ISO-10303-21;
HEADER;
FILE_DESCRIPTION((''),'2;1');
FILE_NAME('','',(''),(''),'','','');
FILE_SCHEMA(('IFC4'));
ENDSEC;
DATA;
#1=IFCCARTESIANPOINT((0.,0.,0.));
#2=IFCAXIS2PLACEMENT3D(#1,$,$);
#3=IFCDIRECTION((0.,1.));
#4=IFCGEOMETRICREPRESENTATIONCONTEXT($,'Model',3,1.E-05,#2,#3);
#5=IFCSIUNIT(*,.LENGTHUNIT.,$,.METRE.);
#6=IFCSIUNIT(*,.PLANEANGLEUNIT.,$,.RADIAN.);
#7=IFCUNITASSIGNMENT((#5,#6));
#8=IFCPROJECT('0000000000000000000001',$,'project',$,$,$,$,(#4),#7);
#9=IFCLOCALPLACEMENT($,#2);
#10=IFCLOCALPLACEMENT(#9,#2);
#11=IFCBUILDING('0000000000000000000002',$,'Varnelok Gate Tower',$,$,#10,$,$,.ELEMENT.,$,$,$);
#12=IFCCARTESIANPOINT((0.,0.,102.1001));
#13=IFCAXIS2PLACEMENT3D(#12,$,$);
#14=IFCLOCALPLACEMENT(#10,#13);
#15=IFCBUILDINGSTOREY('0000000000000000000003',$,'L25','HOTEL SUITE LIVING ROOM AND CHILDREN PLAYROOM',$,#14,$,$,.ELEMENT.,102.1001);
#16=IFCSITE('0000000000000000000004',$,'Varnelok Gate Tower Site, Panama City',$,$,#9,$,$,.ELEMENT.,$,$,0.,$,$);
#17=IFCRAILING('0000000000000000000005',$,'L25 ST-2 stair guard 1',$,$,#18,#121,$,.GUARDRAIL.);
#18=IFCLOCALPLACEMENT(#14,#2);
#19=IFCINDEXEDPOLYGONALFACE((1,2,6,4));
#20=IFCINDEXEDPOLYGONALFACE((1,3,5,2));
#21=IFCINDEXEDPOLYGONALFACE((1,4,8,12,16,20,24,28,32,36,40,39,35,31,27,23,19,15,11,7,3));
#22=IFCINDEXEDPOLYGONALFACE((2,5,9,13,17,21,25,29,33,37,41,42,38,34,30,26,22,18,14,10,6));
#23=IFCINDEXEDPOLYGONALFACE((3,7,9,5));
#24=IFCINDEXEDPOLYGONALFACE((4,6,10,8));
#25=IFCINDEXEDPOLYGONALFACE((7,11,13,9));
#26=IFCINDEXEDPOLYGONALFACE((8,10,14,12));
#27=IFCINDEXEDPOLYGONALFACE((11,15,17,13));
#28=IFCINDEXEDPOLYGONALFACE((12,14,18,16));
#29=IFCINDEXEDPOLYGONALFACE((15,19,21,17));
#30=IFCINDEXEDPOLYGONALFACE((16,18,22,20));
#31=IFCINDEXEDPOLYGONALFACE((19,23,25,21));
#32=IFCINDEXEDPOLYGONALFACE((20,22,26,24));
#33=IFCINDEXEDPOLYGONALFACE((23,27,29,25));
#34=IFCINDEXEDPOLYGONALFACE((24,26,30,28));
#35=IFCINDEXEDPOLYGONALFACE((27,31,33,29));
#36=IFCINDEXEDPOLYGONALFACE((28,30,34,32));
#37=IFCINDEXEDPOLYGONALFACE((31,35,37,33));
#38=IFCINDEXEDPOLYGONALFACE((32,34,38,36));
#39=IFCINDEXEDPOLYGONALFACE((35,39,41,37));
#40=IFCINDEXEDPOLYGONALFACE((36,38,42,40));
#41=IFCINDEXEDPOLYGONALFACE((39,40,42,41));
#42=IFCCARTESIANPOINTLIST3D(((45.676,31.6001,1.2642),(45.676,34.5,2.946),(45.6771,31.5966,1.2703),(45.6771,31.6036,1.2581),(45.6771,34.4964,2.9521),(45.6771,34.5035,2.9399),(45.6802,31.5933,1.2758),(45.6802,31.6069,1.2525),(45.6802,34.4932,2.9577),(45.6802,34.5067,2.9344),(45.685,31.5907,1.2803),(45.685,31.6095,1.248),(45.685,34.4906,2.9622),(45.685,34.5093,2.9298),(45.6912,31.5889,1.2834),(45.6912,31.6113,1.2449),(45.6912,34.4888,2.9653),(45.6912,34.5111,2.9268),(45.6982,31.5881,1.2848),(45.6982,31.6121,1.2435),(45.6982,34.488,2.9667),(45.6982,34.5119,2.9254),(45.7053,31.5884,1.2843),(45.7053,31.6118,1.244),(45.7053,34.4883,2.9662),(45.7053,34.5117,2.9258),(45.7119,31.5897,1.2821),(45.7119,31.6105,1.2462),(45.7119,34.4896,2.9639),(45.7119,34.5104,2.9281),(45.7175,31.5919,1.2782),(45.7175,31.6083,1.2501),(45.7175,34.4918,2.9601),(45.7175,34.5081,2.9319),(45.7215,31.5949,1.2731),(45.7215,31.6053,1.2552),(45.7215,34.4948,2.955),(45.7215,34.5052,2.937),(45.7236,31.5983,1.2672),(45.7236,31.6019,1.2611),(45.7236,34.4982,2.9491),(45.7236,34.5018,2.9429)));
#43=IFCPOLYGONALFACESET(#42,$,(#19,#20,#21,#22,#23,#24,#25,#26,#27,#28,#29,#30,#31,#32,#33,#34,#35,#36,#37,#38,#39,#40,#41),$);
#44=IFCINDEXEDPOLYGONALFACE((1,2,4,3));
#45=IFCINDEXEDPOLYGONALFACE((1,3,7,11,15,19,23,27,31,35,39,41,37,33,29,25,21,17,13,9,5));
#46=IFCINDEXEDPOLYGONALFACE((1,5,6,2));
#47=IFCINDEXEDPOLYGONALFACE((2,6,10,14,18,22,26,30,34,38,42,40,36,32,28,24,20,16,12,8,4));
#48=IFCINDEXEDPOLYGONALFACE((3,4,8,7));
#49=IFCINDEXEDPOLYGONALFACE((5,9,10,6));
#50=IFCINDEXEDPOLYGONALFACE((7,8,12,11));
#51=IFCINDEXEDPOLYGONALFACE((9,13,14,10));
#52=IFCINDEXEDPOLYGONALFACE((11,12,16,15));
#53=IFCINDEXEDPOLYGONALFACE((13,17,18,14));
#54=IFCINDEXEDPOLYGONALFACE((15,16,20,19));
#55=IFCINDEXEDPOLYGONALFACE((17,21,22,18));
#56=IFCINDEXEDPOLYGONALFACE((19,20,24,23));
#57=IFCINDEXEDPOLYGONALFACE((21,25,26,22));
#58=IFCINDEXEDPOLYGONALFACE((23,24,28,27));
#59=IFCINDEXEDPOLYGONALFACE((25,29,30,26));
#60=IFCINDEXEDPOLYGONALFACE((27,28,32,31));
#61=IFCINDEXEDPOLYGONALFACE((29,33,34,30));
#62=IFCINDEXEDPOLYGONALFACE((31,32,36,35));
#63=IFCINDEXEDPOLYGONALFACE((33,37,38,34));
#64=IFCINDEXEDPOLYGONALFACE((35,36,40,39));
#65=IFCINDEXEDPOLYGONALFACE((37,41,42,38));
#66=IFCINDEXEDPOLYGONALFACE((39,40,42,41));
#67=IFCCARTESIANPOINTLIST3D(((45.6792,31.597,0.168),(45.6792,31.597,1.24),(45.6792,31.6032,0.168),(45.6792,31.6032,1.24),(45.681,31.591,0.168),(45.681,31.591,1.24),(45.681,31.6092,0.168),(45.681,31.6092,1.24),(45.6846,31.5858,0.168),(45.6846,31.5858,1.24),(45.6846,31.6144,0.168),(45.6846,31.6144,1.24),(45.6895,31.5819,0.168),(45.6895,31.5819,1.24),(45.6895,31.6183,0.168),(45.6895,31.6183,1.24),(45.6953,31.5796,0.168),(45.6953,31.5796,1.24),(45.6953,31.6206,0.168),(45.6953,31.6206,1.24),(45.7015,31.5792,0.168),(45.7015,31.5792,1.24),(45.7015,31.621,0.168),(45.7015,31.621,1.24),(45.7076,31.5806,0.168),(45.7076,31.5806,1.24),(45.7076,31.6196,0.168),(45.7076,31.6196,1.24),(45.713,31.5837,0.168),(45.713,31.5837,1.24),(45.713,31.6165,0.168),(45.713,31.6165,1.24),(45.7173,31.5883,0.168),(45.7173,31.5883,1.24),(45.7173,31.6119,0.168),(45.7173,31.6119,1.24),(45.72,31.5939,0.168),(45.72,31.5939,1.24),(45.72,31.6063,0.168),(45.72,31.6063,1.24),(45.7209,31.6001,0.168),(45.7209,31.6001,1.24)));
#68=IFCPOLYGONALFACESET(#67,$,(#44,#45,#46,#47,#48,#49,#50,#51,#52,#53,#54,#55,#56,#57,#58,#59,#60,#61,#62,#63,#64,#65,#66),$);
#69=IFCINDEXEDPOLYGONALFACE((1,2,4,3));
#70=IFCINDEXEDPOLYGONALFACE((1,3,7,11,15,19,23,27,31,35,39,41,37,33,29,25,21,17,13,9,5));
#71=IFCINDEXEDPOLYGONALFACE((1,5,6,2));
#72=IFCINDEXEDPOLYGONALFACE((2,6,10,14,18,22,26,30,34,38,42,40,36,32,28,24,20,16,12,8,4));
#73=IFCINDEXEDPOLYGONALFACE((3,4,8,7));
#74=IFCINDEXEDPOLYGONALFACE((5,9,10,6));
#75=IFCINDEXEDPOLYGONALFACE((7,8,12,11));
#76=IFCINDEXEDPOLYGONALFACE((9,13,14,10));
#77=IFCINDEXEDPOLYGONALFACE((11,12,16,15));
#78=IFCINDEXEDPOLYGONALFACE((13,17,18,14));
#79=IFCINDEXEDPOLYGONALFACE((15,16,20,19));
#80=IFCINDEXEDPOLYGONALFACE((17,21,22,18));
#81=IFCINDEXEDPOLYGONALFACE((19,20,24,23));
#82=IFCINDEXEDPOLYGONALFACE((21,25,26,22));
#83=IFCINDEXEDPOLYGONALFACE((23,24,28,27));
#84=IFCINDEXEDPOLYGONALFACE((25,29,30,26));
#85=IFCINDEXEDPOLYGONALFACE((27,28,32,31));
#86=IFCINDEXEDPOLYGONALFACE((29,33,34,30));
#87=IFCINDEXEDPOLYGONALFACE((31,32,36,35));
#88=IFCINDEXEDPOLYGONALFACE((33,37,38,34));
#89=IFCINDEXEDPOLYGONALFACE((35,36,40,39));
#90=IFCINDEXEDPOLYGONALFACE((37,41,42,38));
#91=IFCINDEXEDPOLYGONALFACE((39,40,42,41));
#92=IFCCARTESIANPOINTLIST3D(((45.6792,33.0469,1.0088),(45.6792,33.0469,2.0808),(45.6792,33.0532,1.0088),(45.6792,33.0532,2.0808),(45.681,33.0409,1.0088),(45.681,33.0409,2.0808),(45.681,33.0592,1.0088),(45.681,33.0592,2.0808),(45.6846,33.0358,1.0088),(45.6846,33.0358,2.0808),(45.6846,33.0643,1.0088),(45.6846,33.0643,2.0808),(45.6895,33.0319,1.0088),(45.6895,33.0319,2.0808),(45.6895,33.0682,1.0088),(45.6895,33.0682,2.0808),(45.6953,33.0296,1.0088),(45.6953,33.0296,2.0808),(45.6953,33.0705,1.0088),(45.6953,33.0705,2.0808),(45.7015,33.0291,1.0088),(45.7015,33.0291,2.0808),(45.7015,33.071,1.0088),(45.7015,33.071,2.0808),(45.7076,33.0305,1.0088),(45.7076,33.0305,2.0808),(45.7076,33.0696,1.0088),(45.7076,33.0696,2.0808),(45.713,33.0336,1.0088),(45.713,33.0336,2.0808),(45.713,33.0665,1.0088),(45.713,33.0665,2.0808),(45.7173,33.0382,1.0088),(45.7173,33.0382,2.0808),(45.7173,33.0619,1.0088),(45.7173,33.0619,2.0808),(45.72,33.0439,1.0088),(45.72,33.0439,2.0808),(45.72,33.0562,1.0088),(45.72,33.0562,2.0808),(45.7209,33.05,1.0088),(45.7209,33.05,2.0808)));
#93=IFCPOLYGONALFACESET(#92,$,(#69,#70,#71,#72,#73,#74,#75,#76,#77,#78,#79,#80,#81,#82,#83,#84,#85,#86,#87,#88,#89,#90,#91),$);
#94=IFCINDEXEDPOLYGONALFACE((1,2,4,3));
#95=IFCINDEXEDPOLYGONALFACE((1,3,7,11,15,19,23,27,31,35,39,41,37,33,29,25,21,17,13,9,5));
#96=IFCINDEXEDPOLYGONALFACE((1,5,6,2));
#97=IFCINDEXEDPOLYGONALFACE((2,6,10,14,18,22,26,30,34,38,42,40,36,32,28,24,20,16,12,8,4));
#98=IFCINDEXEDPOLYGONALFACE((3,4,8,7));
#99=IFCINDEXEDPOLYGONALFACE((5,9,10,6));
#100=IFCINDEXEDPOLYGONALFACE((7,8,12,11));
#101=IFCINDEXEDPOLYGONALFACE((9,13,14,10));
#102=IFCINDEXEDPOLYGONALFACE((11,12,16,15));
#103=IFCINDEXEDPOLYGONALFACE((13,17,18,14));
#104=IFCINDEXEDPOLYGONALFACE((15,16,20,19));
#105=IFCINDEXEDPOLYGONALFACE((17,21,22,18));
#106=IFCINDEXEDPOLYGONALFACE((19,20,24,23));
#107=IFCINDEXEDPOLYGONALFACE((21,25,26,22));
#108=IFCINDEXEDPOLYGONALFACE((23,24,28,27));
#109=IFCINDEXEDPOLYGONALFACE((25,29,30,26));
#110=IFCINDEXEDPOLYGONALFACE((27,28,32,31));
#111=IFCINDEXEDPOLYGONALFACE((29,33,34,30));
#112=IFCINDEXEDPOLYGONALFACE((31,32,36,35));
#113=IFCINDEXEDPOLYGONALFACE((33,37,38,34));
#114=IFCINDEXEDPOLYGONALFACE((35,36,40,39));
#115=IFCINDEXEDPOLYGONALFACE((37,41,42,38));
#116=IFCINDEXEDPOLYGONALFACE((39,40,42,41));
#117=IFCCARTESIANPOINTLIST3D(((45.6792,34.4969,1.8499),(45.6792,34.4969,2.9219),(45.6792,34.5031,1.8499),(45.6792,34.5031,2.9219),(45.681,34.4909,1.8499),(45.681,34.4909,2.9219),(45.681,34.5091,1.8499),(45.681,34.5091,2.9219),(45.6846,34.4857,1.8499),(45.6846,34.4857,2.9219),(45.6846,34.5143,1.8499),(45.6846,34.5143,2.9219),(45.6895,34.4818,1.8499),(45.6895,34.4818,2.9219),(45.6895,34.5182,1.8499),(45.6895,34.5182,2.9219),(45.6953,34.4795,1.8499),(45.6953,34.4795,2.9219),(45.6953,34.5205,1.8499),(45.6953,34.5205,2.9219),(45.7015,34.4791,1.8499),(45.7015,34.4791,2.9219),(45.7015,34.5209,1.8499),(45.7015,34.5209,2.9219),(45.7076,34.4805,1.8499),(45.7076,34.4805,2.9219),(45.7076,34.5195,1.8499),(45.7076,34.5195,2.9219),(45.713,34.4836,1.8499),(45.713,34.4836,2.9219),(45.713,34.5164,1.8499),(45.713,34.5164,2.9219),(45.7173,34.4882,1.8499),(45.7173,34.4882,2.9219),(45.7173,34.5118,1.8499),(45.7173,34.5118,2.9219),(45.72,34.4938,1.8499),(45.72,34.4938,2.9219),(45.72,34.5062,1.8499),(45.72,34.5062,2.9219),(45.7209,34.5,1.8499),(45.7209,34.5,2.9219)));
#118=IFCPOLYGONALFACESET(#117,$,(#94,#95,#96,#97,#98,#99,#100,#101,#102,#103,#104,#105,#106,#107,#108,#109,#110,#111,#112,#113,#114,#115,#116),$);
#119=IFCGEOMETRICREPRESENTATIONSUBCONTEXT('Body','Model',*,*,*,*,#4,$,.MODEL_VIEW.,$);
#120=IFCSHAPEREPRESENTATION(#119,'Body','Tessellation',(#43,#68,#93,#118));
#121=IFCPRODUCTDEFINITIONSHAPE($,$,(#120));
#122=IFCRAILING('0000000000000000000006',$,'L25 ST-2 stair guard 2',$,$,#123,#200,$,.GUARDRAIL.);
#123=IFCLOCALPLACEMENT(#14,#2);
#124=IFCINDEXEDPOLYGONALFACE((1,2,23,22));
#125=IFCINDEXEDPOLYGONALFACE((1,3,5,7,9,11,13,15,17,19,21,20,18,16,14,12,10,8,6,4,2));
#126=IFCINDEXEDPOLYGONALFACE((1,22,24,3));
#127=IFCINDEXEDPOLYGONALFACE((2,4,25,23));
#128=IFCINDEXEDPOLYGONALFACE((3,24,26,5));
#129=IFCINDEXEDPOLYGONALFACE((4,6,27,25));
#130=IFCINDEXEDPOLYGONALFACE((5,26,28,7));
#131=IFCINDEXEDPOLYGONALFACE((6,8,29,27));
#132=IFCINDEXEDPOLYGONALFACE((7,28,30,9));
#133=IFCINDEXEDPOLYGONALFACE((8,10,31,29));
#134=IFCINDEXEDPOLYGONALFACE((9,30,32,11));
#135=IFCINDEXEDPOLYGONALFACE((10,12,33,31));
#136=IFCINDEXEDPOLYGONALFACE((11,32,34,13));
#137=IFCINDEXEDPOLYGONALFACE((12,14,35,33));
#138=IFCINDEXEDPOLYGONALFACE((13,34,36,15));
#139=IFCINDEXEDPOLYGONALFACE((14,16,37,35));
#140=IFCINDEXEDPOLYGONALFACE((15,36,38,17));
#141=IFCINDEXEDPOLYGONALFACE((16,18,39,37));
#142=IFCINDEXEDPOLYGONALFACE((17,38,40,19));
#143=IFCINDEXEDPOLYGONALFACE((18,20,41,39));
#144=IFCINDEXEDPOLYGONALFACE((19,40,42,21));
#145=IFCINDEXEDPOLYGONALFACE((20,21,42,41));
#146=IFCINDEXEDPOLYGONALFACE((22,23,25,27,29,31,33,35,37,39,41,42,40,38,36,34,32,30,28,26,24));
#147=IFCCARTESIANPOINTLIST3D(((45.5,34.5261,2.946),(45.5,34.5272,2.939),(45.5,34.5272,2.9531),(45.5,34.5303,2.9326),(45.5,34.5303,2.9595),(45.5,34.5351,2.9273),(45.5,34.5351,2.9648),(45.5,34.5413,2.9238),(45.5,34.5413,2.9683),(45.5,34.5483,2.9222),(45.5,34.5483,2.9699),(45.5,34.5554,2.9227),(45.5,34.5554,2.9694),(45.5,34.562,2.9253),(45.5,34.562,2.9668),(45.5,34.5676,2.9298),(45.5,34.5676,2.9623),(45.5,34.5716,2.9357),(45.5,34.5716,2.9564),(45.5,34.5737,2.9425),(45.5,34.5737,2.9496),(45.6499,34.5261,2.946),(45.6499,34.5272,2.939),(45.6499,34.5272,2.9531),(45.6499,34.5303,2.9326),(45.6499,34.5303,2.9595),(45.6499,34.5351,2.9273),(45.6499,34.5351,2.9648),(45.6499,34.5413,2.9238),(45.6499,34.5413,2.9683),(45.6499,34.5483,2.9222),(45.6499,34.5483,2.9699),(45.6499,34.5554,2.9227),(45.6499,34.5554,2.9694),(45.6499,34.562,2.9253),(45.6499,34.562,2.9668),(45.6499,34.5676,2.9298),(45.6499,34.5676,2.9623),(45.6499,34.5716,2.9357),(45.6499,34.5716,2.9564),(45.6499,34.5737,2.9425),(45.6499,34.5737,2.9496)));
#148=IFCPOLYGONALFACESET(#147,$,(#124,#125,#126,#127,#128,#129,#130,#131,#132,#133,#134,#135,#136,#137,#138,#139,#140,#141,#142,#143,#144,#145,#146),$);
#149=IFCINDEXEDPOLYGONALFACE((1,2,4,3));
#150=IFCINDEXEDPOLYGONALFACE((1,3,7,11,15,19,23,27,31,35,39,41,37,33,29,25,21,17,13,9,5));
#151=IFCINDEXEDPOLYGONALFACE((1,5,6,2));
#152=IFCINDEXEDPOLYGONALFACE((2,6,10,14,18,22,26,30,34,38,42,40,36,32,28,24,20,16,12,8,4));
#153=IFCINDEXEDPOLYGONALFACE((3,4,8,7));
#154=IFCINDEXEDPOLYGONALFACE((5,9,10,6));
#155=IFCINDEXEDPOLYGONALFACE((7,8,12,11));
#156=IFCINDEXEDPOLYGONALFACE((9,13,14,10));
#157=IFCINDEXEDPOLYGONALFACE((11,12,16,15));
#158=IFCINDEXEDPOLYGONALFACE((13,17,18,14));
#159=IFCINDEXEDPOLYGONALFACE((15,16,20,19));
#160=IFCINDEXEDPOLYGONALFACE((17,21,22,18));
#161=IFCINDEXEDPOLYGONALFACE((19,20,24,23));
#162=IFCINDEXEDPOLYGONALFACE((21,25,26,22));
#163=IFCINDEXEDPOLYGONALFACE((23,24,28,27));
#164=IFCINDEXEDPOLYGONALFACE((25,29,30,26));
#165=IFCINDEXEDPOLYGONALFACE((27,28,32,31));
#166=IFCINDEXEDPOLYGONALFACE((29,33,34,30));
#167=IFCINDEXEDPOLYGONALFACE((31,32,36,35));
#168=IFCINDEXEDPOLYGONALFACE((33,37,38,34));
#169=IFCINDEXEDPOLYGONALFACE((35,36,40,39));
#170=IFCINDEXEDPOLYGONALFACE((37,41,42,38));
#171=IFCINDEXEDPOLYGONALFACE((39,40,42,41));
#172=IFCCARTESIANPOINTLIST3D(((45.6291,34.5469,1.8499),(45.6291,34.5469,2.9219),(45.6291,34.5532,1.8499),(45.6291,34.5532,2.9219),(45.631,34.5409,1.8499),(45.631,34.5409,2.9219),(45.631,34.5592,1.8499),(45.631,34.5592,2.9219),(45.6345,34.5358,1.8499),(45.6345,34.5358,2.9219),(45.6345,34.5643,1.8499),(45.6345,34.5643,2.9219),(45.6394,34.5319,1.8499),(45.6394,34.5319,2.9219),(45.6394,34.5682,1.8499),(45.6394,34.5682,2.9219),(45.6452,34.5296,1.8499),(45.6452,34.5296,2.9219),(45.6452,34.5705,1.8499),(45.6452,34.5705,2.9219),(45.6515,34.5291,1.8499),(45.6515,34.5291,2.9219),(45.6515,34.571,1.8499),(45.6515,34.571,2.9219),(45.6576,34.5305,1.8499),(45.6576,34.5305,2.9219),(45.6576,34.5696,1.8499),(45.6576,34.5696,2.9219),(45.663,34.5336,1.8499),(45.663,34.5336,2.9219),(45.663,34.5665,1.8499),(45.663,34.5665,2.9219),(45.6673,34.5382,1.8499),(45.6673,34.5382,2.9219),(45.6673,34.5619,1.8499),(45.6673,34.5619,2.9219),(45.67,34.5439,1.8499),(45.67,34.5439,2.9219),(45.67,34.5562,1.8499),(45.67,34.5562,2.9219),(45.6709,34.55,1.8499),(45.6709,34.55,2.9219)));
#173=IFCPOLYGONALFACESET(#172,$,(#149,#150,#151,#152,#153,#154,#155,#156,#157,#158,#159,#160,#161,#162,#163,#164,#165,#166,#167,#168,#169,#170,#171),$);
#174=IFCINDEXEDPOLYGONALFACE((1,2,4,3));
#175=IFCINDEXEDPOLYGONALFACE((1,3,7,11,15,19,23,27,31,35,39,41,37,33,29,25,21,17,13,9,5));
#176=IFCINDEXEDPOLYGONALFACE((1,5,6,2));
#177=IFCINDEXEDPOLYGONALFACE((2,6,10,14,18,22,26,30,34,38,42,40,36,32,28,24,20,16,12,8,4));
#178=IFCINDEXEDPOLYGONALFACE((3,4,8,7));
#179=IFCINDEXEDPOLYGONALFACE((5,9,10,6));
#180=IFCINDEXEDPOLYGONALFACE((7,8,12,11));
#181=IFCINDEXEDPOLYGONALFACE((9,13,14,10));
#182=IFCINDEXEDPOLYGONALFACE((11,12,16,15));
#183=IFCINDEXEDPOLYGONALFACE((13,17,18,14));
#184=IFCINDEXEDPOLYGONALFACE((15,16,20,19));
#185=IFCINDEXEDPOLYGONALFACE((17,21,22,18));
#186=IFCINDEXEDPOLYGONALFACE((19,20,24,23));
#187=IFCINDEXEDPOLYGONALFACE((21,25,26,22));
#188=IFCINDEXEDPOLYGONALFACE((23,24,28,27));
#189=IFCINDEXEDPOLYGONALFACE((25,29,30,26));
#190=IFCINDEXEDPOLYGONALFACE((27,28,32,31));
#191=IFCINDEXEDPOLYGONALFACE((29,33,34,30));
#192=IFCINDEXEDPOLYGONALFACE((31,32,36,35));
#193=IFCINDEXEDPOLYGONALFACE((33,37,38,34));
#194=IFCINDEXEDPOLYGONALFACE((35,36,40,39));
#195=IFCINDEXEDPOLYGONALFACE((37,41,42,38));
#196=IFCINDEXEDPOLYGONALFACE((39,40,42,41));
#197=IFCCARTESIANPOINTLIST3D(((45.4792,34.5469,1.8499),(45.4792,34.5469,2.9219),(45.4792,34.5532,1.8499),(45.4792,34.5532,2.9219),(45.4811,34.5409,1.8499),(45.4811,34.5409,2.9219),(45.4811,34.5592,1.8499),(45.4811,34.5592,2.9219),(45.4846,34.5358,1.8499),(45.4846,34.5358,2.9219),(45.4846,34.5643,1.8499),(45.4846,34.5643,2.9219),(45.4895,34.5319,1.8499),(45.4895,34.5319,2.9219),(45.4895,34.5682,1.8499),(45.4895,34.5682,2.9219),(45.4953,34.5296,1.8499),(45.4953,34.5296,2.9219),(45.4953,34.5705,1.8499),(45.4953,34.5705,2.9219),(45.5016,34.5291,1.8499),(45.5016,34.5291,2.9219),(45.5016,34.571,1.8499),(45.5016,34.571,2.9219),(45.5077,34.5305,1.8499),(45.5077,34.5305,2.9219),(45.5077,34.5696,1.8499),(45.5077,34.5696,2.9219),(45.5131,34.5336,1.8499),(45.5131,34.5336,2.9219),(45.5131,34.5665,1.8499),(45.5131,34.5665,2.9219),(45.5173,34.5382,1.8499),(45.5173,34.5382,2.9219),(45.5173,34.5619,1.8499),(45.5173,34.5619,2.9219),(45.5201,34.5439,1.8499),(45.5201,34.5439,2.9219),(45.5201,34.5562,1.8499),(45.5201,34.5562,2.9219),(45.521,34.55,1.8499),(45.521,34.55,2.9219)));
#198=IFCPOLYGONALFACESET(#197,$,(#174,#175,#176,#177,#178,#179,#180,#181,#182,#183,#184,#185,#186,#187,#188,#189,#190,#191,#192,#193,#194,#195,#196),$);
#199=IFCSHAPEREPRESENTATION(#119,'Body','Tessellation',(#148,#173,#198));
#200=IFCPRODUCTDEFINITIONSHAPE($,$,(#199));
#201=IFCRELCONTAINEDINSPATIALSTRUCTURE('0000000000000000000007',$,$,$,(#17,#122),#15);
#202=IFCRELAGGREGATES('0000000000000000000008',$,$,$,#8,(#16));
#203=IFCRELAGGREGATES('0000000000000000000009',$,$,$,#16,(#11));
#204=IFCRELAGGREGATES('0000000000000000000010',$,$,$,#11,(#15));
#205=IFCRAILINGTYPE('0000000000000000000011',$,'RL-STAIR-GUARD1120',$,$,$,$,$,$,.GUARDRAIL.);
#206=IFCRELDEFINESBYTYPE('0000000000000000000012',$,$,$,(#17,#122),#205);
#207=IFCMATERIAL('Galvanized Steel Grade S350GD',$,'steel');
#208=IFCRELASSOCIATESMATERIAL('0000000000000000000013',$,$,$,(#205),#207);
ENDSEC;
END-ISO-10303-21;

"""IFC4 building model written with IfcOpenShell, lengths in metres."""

from ifc_helpers import new_model, si_unit, direction, frame, origin, origin_2d, place, context, subcontext, project, spatial, circle, extrude, material, type_object, element, save


model = new_model("IFC4")

# Units and contexts
model_context = context("Model", 3, precision=1e-05, world=origin(), true_north=direction((0.0, 1.0)))
body_context = subcontext(model_context, "Body", "Model", "MODEL_VIEW")
ifc_project = project(units=[si_unit("LENGTHUNIT", "METRE"), si_unit("PLANEANGLEUNIT", "RADIAN")], contexts=[model_context])

# Site, building, storey
site_placement = place(None, origin())
site = spatial("IfcSite", under=ifc_project, at=site_placement, Name="Varnelok Gate Tower Site, Panama City", CompositionType="ELEMENT", RefElevation=0.0)
building_placement = place(site_placement, origin())
building = spatial("IfcBuilding", under=site, at=building_placement, Name="Varnelok Gate Tower", CompositionType="ELEMENT")
storey_placement = place(building_placement, frame((0.0, 0.0, 102.1001)))
storey = spatial("IfcBuildingStorey", under=building, at=storey_placement, Name="L25", Description="HOTEL SUITE LIVING ROOM AND CHILDREN PLAYROOM", CompositionType="ELEMENT", Elevation=102.1001)

# Shared definitions
ifc_material_1 = material(Name="Galvanized Steel Grade S350GD", Category="steel")

# Railings
railing_type_1 = type_object("IfcRailingType", Name="RL-STAIR-GUARD1120", PredefinedType="GUARDRAIL", material=ifc_material_1)
railing_1_placement = place(storey_placement, frame((45.7, 31.6001, 0.168)))
element("IfcRailing", 1, at=railing_1_placement, inside=storey, type_object=railing_type_1, Name="L25 ST-2 stair guard 1", PredefinedType="GUARDRAIL", context=body_context, shape_type="SweptSolid", body=[
    extrude(circle(Radius=0.0239, at=origin_2d()), frame((0.0, 0.0, 1.0962), z_axis=(0.0, 0.865039, 0.501705), x_axis=(-1.0, 0.0, 0.0)), (0.0, 0.0, 1.0), 3.3523),
    extrude(circle(Radius=0.021, at=origin_2d()), origin(), (0.0, 0.0, 1.0), 1.072),
    extrude(circle(Radius=0.021, at=origin_2d()), frame((0.0, 1.45, 0.8408)), (0.0, 0.0, 1.0), 1.072),
    extrude(circle(Radius=0.021, at=origin_2d()), frame((0.0, 2.8999, 1.6819)), (0.0, 0.0, 1.0), 1.072),
])
railing_2_placement = place(storey_placement, frame((45.6499, 34.55, 1.8499)))
element("IfcRailing", 2, at=railing_2_placement, inside=storey, type_object=railing_type_1, Name="L25 ST-2 stair guard 2", PredefinedType="GUARDRAIL", context=body_context, shape_type="SweptSolid", body=[
    extrude(circle(Radius=0.0239, at=origin_2d()), frame((0.0, 0.0, 1.0962), z_axis=(-1.0, 0.0, 0.0), x_axis=(0.0, -1.0, 0.0)), (0.0, 0.0, 1.0), 0.1499),
    extrude(circle(Radius=0.021, at=origin_2d()), origin(), (0.0, 0.0, 1.0), 1.072),
    extrude(circle(Radius=0.021, at=origin_2d()), frame((-0.1499, 0.0, 0.0)), (0.0, 0.0, 1.0), 1.072),
])

save(model, "model.ifc")
